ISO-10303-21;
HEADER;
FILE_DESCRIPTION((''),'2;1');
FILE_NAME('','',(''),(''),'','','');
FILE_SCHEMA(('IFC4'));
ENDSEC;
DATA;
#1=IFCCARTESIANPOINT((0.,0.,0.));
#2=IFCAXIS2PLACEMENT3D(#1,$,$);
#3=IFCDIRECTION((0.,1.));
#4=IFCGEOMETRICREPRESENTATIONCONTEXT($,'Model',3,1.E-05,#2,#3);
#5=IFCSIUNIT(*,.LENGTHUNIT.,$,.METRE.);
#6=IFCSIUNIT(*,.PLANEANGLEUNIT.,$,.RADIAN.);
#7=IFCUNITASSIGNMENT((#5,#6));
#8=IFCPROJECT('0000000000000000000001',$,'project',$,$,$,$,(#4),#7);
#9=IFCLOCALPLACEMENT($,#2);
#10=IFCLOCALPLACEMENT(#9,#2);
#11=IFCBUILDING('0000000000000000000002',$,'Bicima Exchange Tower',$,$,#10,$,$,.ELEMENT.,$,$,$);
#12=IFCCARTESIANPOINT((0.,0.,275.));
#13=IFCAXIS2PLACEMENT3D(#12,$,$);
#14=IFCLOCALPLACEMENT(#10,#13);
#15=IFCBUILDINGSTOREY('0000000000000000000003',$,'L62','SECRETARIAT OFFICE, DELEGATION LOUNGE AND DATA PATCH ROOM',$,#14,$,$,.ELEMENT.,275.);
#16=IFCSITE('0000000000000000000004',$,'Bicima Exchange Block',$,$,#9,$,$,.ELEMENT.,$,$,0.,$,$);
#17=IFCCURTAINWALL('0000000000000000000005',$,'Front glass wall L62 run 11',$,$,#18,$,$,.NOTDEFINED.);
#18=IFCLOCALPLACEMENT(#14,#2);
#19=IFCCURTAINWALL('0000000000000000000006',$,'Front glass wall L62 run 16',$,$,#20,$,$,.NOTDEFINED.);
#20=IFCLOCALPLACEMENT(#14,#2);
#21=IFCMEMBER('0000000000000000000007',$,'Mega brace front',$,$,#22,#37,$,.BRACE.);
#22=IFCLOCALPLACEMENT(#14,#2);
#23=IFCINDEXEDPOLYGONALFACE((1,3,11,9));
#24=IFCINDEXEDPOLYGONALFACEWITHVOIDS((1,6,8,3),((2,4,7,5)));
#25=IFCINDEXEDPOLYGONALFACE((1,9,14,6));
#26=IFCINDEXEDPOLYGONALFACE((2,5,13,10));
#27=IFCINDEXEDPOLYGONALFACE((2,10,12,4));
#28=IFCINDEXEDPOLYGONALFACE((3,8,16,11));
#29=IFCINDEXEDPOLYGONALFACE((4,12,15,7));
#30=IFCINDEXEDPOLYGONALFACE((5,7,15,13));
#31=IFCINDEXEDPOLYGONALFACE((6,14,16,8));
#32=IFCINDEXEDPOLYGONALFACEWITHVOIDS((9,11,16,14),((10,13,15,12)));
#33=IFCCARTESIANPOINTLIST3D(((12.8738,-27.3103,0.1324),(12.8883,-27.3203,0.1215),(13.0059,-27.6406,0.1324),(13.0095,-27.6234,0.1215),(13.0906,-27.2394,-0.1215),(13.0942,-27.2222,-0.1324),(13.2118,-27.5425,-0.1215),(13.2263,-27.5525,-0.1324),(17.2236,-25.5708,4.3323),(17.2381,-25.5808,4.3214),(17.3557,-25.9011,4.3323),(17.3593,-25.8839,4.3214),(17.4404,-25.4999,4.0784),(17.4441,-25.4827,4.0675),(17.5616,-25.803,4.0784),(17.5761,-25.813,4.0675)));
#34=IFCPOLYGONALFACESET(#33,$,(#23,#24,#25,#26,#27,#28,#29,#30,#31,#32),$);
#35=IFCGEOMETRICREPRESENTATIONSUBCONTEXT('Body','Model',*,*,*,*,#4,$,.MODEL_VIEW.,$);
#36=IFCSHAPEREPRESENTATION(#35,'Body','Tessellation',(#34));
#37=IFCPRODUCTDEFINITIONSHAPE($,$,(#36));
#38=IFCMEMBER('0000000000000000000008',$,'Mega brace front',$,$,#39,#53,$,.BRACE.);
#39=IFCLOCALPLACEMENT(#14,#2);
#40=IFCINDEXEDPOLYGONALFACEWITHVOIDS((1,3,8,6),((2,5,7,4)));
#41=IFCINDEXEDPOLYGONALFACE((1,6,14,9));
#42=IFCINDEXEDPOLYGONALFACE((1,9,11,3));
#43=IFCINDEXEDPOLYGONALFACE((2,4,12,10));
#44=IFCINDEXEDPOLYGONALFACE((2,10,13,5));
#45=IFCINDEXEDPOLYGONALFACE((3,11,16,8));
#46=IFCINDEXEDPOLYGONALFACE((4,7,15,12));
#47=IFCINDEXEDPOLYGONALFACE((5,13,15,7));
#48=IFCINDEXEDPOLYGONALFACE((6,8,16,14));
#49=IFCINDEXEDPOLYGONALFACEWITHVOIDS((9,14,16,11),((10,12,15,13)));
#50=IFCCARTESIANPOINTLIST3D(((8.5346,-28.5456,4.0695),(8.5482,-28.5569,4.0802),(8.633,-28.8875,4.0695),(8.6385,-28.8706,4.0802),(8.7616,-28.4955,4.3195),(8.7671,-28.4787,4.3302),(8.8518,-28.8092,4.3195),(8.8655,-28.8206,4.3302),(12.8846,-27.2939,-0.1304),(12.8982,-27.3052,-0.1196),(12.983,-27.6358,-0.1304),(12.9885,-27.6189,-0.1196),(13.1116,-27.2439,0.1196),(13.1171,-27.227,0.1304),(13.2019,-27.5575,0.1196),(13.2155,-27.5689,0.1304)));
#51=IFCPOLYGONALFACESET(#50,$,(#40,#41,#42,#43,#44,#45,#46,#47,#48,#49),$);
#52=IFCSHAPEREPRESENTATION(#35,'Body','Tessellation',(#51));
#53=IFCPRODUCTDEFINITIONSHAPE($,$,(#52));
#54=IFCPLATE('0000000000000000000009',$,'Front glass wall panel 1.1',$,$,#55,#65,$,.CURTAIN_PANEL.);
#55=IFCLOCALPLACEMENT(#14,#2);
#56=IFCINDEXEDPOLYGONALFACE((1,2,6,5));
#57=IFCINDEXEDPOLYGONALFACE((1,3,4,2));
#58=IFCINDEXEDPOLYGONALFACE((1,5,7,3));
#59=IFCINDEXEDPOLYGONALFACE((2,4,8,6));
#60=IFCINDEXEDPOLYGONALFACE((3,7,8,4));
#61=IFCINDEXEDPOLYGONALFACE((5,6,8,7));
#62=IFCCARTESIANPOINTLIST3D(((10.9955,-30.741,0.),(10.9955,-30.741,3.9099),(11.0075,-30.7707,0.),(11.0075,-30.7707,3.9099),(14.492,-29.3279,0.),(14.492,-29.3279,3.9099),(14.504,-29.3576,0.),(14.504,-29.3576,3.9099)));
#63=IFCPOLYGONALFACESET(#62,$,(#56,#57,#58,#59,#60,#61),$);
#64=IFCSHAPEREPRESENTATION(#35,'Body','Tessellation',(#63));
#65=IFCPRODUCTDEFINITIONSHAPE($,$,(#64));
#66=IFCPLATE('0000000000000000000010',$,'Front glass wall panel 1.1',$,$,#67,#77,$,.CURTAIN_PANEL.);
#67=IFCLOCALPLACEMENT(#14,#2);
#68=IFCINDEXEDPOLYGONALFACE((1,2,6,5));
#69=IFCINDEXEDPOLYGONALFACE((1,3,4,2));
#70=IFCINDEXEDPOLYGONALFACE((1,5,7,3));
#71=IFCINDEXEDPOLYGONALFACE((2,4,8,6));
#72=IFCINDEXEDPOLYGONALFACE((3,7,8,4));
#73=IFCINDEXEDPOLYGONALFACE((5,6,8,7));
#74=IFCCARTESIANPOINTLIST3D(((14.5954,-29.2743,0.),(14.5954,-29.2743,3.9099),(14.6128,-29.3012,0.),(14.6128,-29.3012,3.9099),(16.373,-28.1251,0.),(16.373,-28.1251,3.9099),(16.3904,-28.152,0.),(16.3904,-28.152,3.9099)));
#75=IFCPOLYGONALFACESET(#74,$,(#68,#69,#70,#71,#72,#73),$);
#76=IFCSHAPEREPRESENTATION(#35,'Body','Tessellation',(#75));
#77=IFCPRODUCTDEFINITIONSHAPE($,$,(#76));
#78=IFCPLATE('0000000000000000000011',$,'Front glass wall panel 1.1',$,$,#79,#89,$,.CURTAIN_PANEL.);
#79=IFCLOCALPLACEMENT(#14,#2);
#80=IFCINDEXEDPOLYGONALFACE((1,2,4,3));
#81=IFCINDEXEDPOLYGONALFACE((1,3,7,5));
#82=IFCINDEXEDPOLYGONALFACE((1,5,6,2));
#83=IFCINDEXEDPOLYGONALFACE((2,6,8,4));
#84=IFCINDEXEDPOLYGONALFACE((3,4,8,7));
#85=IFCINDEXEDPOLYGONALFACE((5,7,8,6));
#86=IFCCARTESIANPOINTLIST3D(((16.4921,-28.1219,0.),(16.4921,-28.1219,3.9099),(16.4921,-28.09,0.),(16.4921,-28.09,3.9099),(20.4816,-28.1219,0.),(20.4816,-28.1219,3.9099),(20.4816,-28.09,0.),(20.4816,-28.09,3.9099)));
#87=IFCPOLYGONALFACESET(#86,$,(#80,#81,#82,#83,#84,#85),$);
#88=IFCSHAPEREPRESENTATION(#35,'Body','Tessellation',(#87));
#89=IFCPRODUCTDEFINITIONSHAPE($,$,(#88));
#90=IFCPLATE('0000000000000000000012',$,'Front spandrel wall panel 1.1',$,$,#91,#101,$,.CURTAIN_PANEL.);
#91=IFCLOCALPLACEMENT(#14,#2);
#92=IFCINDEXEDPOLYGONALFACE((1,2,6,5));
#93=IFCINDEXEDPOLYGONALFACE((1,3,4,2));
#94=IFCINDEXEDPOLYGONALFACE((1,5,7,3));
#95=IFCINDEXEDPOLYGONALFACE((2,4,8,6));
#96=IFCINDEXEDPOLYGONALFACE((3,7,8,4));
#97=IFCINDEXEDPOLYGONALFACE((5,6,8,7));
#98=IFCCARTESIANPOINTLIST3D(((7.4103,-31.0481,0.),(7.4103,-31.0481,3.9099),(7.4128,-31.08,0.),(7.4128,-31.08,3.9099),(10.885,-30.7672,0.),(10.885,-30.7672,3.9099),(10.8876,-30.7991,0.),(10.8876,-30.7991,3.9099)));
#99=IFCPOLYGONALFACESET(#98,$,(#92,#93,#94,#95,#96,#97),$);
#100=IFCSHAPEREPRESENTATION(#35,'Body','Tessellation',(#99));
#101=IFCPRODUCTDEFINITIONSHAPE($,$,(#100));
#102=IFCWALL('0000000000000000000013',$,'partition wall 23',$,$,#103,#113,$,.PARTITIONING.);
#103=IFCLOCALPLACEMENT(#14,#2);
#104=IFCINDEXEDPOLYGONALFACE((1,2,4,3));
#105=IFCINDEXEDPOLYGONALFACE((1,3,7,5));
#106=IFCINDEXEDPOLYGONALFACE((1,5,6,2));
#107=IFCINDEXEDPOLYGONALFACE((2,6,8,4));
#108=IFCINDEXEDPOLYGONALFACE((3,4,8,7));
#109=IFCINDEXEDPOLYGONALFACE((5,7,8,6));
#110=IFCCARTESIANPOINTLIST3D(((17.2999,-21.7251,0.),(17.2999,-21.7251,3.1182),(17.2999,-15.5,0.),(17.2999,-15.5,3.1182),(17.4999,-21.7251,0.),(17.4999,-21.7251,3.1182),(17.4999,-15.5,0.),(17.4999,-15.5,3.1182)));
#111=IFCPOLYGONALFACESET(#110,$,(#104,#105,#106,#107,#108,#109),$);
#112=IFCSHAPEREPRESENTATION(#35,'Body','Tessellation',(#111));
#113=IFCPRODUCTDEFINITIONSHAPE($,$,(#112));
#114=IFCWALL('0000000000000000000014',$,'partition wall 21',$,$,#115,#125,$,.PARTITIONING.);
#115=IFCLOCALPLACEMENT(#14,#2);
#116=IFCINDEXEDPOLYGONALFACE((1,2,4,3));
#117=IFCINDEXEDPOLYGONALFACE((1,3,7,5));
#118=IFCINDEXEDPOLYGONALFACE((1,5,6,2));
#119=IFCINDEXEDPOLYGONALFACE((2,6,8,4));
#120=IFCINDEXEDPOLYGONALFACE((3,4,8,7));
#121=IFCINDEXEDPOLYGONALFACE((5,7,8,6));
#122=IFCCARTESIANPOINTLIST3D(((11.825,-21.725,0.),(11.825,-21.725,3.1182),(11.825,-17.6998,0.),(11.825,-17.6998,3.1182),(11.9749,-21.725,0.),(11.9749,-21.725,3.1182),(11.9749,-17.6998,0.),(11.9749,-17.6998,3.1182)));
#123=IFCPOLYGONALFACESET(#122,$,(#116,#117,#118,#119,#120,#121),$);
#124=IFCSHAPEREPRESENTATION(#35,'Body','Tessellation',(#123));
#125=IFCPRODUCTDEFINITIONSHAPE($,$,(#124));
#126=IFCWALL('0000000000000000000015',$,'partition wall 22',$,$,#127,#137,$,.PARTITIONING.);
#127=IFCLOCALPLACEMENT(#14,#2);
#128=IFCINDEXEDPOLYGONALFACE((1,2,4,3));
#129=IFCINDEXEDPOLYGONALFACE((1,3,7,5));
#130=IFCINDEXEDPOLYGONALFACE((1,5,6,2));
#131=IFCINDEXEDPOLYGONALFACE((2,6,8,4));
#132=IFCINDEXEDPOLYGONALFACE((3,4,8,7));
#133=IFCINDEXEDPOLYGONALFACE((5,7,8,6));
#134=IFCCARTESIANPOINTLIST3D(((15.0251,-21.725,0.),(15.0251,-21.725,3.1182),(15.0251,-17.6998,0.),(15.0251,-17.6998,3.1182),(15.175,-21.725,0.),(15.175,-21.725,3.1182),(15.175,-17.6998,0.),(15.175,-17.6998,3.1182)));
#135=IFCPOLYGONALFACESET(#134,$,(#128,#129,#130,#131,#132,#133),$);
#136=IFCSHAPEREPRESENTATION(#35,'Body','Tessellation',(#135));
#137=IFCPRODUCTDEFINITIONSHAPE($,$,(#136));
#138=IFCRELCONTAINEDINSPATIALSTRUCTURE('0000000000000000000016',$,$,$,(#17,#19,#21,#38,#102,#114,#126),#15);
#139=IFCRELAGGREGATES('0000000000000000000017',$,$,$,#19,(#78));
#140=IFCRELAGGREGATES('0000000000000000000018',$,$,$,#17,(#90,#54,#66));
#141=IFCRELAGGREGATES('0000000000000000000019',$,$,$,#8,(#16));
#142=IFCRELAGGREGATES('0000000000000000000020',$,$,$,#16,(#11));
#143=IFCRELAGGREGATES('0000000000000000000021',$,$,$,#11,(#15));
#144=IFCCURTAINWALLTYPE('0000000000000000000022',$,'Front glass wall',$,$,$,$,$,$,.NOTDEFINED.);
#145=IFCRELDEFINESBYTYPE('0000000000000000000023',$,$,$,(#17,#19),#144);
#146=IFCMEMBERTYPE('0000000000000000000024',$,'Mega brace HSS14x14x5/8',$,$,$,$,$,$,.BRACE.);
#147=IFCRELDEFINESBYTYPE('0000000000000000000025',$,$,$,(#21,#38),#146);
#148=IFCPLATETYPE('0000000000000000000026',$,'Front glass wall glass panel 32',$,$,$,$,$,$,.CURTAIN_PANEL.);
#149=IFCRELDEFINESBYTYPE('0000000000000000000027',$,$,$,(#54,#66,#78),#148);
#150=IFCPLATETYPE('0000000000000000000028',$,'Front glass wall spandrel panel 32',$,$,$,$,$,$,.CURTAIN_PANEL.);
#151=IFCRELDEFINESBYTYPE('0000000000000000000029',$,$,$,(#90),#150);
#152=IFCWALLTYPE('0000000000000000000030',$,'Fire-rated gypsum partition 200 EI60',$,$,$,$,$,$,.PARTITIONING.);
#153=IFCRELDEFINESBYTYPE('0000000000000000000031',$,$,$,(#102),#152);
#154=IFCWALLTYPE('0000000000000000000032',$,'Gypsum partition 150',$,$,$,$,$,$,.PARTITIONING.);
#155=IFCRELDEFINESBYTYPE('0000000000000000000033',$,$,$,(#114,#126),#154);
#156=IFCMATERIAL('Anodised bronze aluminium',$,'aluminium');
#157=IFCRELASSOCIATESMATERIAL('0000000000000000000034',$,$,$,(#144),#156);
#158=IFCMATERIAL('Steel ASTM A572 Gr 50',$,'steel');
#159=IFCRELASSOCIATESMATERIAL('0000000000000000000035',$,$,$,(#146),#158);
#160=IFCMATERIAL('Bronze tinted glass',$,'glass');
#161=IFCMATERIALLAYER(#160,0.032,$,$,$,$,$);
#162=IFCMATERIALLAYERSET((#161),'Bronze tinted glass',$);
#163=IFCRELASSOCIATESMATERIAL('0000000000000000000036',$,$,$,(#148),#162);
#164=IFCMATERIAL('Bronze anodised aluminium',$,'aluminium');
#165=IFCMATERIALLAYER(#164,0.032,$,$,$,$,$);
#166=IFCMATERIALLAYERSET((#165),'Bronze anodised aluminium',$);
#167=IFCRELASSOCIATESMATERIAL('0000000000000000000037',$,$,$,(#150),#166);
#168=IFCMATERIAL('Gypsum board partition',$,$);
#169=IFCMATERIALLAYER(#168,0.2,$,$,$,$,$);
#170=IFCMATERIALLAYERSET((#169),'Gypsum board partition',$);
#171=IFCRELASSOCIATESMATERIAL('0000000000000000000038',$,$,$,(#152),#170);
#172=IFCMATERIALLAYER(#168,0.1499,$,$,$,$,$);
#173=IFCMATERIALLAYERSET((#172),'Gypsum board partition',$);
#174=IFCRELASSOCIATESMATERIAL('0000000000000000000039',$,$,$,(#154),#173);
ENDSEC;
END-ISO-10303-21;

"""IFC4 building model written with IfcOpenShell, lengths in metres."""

from ifc_helpers import new_model, si_unit, direction, frame, frame_2d, origin, origin_2d, place, context, subcontext, project, spatial, rectangle, hollow_rectangle, extrude, material, layer, layer_set, material_profile, profile_set, type_object, element, aggregate, save


model = new_model("IFC4")

# Units and contexts
model_context = context("Model", 3, precision=1e-05, world=origin(), true_north=direction((0.0, 1.0)))
body_context = subcontext(model_context, "Body", "Model", "MODEL_VIEW")
ifc_project = project(units=[si_unit("LENGTHUNIT", "METRE"), si_unit("PLANEANGLEUNIT", "RADIAN")], contexts=[model_context])

# Site, building, storey
site_placement = place(None, origin())
site = spatial("IfcSite", under=ifc_project, at=site_placement, Name="Bicima Exchange Block", CompositionType="ELEMENT", RefElevation=0.0)
building_placement = place(site_placement, origin())
building = spatial("IfcBuilding", under=site, at=building_placement, Name="Bicima Exchange Tower", CompositionType="ELEMENT")
storey_placement = place(building_placement, frame((0.0, 0.0, 275.0)))
storey = spatial("IfcBuildingStorey", under=building, at=storey_placement, Name="L62", Description="SECRETARIAT OFFICE, DELEGATION LOUNGE AND DATA PATCH ROOM", CompositionType="ELEMENT", Elevation=275.0)

# Curtain wall
ifc_material_1 = material(Name="Anodised bronze aluminium", Category="aluminium")
curtain_wall_type = type_object("IfcCurtainWallType", Name="Front glass wall", PredefinedType="NOTDEFINED", material=ifc_material_1)
curtain_wall_1_placement = place(storey_placement, origin())
curtain_wall_1 = element("IfcCurtainWall", 1, at=curtain_wall_1_placement, inside=storey, type_object=curtain_wall_type, Name="Front glass wall L62 run 11", PredefinedType="NOTDEFINED")

# Curtain wall
curtain_wall_2_placement = place(storey_placement, origin())
curtain_wall_2 = element("IfcCurtainWall", 2, at=curtain_wall_2_placement, inside=storey, type_object=curtain_wall_type, Name="Front glass wall L62 run 16", PredefinedType="NOTDEFINED")

# Members
ifc_material_2 = material(Name="Steel ASTM A572 Gr 50", Category="steel")
ifc_material_profile_1 = material_profile(ifc_material_2, hollow_rectangle(XDim=0.3557, YDim=0.3557, WallThickness=0.0146, at=origin_2d()))
ifc_profile_set_1 = profile_set([ifc_material_profile_1], Name="Steel ASTM A572 Gr 50")
member_type_1 = type_object("IfcMemberType", Name="Mega brace HSS14x14x5/8", PredefinedType="BRACE", material=ifc_profile_set_1)
member_1_placement = place(storey_placement, frame((13.05, -27.4314, 0.0), z_axis=(0.691353, 0.276471, 0.667528), x_axis=(-0.37131, 0.928509, 0.0)))
element("IfcMember", 3, at=member_1_placement, inside=storey, type_object=member_type_1, Name="Mega brace front", PredefinedType="BRACE", context=body_context, shape_type="SweptSolid", body=[
    extrude(hollow_rectangle(XDim=0.3557, YDim=0.3557, WallThickness=0.0146, at=origin_2d()), origin(), (0.0, 0.0, 1.0), 6.2917),
])
member_2_placement = place(storey_placement, frame((13.05, -27.4314, 0.0), z_axis=(-0.704478, -0.202708, 0.680162), x_axis=(0.276523, -0.961007, 0.0)))
element("IfcMember", 4, at=member_2_placement, inside=storey, type_object=member_type_1, Name="Mega brace front", PredefinedType="BRACE", context=body_context, shape_type="SweptSolid", body=[
    extrude(hollow_rectangle(XDim=0.3557, YDim=0.3557, WallThickness=0.0146, at=origin_2d()), origin(), (0.0, 0.0, 1.0), 6.1748),
])

# Plates
ifc_material_3 = material(Name="Bronze tinted glass", Category="glass")
ifc_layer_1 = layer(ifc_material_3, 0.032)
ifc_layer_set_1 = layer_set([ifc_layer_1], Name="Bronze tinted glass")
plate_type_1 = type_object("IfcPlateType", Name="Front glass wall glass panel 32", PredefinedType="CURTAIN_PANEL", material=ifc_layer_set_1)
plate_1_placement = place(storey_placement, frame((12.7498, -30.0493, 0.0), z_axis=(0.0, 0.0, 1.0), x_axis=(0.927144, 0.374705, 0.0)))
plate_1 = element("IfcPlate", 5, at=plate_1_placement, type_object=plate_type_1, Name="Front glass wall panel 1.1", PredefinedType="CURTAIN_PANEL", context=body_context, shape_type="SweptSolid", body=[
    extrude(rectangle(XDim=3.7712, YDim=0.032, at=origin_2d()), origin(), (0.0, 0.0, 1.0), 3.9099),
])
plate_2_placement = place(storey_placement, frame((15.4929, -28.7131, 0.0), z_axis=(0.0, 0.0, 1.0), x_axis=(0.839791, 0.542909, 0.0)))
plate_2 = element("IfcPlate", 6, at=plate_2_placement, type_object=plate_type_1, Name="Front glass wall panel 1.1", PredefinedType="CURTAIN_PANEL", context=body_context, shape_type="SweptSolid", body=[
    extrude(rectangle(XDim=2.1167, YDim=0.032, at=origin_2d()), origin(), (0.0, 0.0, 1.0), 3.9099),
])
plate_3_placement = place(storey_placement, frame((18.4868, -28.106, 0.0), z_axis=(0.0, 0.0, 1.0), x_axis=(1.0, 0.0, 0.0)))
plate_3 = element("IfcPlate", 7, at=plate_3_placement, type_object=plate_type_1, Name="Front glass wall panel 1.1", PredefinedType="CURTAIN_PANEL", context=body_context, shape_type="SweptSolid", body=[
    extrude(rectangle(XDim=3.9895, YDim=0.032, at=origin_2d()), origin(), (0.0, 0.0, 1.0), 3.9099),
])
aggregate(curtain_wall_2, [plate_3])
ifc_material_4 = material(Name="Bronze anodised aluminium", Category="aluminium")
ifc_layer_2 = layer(ifc_material_4, 0.032)
ifc_layer_set_2 = layer_set([ifc_layer_2], Name="Bronze anodised aluminium")
plate_type_2 = type_object("IfcPlateType", Name="Front glass wall spandrel panel 32", PredefinedType="CURTAIN_PANEL", material=ifc_layer_set_2)
plate_4_placement = place(storey_placement, frame((9.1489, -30.9236, 0.0), z_axis=(0.0, 0.0, 1.0), x_axis=(0.996747, 0.080589, 0.0)))
plate_4 = element("IfcPlate", 8, at=plate_4_placement, type_object=plate_type_2, Name="Front spandrel wall panel 1.1", PredefinedType="CURTAIN_PANEL", context=body_context, shape_type="SweptSolid", body=[
    extrude(rectangle(XDim=3.4861, YDim=0.032, at=origin_2d()), origin(), (0.0, 0.0, 1.0), 3.9099),
])
aggregate(curtain_wall_1, [plate_4, plate_1, plate_2])

# Walls
ifc_material_5 = material(Name="Gypsum board partition")
ifc_layer_3 = layer(ifc_material_5, 0.2)
ifc_layer_set_3 = layer_set([ifc_layer_3], Name="Gypsum board partition")
wall_type_1 = type_object("IfcWallType", Name="Fire-rated gypsum partition 200 EI60", PredefinedType="PARTITIONING", material=ifc_layer_set_3)
wall_placement = place(storey_placement, frame((17.3999, -21.7251, 0.0), z_axis=(0.0, 0.0, 1.0), x_axis=(0.0, 1.0, 0.0)))
element("IfcWall", 9, at=wall_placement, inside=storey, type_object=wall_type_1, Name="partition wall 23", PredefinedType="PARTITIONING", context=body_context, shape_type="SweptSolid", body=[
    extrude(rectangle(XDim=6.2251, YDim=0.2, at=frame_2d((3.1125, 0.0))), origin(), (0.0, 0.0, 1.0), 3.1182),
])
ifc_layer_4 = layer(ifc_material_5, 0.1499)
ifc_layer_set_4 = layer_set([ifc_layer_4], Name="Gypsum board partition")
wall_type_2 = type_object("IfcWallType", Name="Gypsum partition 150", PredefinedType="PARTITIONING", material=ifc_layer_set_4)
for number, where, z_axis, x_axis, name in (
    (10, (11.8999, -21.7251, 0.0), (0.0, 0.0, 1.0), (0.0, 1.0, 0.0), "partition wall 21"),
    (11, (15.1001, -21.7251, 0.0), (0.0, 0.0, 1.0), (0.0, 1.0, 0.0), "partition wall 22"),
):
    element("IfcWall", number, at=place(storey_placement, frame(where, z_axis=z_axis, x_axis=x_axis)), inside=storey, type_object=wall_type_2, Name=name, PredefinedType="PARTITIONING", context=body_context, shape_type="SweptSolid", body=[
        extrude(rectangle(XDim=4.0251, YDim=0.1499, at=frame_2d((2.0127, 0.0))), origin(), (0.0, 0.0, 1.0), 3.1182),
    ])

save(model, "model.ifc")
